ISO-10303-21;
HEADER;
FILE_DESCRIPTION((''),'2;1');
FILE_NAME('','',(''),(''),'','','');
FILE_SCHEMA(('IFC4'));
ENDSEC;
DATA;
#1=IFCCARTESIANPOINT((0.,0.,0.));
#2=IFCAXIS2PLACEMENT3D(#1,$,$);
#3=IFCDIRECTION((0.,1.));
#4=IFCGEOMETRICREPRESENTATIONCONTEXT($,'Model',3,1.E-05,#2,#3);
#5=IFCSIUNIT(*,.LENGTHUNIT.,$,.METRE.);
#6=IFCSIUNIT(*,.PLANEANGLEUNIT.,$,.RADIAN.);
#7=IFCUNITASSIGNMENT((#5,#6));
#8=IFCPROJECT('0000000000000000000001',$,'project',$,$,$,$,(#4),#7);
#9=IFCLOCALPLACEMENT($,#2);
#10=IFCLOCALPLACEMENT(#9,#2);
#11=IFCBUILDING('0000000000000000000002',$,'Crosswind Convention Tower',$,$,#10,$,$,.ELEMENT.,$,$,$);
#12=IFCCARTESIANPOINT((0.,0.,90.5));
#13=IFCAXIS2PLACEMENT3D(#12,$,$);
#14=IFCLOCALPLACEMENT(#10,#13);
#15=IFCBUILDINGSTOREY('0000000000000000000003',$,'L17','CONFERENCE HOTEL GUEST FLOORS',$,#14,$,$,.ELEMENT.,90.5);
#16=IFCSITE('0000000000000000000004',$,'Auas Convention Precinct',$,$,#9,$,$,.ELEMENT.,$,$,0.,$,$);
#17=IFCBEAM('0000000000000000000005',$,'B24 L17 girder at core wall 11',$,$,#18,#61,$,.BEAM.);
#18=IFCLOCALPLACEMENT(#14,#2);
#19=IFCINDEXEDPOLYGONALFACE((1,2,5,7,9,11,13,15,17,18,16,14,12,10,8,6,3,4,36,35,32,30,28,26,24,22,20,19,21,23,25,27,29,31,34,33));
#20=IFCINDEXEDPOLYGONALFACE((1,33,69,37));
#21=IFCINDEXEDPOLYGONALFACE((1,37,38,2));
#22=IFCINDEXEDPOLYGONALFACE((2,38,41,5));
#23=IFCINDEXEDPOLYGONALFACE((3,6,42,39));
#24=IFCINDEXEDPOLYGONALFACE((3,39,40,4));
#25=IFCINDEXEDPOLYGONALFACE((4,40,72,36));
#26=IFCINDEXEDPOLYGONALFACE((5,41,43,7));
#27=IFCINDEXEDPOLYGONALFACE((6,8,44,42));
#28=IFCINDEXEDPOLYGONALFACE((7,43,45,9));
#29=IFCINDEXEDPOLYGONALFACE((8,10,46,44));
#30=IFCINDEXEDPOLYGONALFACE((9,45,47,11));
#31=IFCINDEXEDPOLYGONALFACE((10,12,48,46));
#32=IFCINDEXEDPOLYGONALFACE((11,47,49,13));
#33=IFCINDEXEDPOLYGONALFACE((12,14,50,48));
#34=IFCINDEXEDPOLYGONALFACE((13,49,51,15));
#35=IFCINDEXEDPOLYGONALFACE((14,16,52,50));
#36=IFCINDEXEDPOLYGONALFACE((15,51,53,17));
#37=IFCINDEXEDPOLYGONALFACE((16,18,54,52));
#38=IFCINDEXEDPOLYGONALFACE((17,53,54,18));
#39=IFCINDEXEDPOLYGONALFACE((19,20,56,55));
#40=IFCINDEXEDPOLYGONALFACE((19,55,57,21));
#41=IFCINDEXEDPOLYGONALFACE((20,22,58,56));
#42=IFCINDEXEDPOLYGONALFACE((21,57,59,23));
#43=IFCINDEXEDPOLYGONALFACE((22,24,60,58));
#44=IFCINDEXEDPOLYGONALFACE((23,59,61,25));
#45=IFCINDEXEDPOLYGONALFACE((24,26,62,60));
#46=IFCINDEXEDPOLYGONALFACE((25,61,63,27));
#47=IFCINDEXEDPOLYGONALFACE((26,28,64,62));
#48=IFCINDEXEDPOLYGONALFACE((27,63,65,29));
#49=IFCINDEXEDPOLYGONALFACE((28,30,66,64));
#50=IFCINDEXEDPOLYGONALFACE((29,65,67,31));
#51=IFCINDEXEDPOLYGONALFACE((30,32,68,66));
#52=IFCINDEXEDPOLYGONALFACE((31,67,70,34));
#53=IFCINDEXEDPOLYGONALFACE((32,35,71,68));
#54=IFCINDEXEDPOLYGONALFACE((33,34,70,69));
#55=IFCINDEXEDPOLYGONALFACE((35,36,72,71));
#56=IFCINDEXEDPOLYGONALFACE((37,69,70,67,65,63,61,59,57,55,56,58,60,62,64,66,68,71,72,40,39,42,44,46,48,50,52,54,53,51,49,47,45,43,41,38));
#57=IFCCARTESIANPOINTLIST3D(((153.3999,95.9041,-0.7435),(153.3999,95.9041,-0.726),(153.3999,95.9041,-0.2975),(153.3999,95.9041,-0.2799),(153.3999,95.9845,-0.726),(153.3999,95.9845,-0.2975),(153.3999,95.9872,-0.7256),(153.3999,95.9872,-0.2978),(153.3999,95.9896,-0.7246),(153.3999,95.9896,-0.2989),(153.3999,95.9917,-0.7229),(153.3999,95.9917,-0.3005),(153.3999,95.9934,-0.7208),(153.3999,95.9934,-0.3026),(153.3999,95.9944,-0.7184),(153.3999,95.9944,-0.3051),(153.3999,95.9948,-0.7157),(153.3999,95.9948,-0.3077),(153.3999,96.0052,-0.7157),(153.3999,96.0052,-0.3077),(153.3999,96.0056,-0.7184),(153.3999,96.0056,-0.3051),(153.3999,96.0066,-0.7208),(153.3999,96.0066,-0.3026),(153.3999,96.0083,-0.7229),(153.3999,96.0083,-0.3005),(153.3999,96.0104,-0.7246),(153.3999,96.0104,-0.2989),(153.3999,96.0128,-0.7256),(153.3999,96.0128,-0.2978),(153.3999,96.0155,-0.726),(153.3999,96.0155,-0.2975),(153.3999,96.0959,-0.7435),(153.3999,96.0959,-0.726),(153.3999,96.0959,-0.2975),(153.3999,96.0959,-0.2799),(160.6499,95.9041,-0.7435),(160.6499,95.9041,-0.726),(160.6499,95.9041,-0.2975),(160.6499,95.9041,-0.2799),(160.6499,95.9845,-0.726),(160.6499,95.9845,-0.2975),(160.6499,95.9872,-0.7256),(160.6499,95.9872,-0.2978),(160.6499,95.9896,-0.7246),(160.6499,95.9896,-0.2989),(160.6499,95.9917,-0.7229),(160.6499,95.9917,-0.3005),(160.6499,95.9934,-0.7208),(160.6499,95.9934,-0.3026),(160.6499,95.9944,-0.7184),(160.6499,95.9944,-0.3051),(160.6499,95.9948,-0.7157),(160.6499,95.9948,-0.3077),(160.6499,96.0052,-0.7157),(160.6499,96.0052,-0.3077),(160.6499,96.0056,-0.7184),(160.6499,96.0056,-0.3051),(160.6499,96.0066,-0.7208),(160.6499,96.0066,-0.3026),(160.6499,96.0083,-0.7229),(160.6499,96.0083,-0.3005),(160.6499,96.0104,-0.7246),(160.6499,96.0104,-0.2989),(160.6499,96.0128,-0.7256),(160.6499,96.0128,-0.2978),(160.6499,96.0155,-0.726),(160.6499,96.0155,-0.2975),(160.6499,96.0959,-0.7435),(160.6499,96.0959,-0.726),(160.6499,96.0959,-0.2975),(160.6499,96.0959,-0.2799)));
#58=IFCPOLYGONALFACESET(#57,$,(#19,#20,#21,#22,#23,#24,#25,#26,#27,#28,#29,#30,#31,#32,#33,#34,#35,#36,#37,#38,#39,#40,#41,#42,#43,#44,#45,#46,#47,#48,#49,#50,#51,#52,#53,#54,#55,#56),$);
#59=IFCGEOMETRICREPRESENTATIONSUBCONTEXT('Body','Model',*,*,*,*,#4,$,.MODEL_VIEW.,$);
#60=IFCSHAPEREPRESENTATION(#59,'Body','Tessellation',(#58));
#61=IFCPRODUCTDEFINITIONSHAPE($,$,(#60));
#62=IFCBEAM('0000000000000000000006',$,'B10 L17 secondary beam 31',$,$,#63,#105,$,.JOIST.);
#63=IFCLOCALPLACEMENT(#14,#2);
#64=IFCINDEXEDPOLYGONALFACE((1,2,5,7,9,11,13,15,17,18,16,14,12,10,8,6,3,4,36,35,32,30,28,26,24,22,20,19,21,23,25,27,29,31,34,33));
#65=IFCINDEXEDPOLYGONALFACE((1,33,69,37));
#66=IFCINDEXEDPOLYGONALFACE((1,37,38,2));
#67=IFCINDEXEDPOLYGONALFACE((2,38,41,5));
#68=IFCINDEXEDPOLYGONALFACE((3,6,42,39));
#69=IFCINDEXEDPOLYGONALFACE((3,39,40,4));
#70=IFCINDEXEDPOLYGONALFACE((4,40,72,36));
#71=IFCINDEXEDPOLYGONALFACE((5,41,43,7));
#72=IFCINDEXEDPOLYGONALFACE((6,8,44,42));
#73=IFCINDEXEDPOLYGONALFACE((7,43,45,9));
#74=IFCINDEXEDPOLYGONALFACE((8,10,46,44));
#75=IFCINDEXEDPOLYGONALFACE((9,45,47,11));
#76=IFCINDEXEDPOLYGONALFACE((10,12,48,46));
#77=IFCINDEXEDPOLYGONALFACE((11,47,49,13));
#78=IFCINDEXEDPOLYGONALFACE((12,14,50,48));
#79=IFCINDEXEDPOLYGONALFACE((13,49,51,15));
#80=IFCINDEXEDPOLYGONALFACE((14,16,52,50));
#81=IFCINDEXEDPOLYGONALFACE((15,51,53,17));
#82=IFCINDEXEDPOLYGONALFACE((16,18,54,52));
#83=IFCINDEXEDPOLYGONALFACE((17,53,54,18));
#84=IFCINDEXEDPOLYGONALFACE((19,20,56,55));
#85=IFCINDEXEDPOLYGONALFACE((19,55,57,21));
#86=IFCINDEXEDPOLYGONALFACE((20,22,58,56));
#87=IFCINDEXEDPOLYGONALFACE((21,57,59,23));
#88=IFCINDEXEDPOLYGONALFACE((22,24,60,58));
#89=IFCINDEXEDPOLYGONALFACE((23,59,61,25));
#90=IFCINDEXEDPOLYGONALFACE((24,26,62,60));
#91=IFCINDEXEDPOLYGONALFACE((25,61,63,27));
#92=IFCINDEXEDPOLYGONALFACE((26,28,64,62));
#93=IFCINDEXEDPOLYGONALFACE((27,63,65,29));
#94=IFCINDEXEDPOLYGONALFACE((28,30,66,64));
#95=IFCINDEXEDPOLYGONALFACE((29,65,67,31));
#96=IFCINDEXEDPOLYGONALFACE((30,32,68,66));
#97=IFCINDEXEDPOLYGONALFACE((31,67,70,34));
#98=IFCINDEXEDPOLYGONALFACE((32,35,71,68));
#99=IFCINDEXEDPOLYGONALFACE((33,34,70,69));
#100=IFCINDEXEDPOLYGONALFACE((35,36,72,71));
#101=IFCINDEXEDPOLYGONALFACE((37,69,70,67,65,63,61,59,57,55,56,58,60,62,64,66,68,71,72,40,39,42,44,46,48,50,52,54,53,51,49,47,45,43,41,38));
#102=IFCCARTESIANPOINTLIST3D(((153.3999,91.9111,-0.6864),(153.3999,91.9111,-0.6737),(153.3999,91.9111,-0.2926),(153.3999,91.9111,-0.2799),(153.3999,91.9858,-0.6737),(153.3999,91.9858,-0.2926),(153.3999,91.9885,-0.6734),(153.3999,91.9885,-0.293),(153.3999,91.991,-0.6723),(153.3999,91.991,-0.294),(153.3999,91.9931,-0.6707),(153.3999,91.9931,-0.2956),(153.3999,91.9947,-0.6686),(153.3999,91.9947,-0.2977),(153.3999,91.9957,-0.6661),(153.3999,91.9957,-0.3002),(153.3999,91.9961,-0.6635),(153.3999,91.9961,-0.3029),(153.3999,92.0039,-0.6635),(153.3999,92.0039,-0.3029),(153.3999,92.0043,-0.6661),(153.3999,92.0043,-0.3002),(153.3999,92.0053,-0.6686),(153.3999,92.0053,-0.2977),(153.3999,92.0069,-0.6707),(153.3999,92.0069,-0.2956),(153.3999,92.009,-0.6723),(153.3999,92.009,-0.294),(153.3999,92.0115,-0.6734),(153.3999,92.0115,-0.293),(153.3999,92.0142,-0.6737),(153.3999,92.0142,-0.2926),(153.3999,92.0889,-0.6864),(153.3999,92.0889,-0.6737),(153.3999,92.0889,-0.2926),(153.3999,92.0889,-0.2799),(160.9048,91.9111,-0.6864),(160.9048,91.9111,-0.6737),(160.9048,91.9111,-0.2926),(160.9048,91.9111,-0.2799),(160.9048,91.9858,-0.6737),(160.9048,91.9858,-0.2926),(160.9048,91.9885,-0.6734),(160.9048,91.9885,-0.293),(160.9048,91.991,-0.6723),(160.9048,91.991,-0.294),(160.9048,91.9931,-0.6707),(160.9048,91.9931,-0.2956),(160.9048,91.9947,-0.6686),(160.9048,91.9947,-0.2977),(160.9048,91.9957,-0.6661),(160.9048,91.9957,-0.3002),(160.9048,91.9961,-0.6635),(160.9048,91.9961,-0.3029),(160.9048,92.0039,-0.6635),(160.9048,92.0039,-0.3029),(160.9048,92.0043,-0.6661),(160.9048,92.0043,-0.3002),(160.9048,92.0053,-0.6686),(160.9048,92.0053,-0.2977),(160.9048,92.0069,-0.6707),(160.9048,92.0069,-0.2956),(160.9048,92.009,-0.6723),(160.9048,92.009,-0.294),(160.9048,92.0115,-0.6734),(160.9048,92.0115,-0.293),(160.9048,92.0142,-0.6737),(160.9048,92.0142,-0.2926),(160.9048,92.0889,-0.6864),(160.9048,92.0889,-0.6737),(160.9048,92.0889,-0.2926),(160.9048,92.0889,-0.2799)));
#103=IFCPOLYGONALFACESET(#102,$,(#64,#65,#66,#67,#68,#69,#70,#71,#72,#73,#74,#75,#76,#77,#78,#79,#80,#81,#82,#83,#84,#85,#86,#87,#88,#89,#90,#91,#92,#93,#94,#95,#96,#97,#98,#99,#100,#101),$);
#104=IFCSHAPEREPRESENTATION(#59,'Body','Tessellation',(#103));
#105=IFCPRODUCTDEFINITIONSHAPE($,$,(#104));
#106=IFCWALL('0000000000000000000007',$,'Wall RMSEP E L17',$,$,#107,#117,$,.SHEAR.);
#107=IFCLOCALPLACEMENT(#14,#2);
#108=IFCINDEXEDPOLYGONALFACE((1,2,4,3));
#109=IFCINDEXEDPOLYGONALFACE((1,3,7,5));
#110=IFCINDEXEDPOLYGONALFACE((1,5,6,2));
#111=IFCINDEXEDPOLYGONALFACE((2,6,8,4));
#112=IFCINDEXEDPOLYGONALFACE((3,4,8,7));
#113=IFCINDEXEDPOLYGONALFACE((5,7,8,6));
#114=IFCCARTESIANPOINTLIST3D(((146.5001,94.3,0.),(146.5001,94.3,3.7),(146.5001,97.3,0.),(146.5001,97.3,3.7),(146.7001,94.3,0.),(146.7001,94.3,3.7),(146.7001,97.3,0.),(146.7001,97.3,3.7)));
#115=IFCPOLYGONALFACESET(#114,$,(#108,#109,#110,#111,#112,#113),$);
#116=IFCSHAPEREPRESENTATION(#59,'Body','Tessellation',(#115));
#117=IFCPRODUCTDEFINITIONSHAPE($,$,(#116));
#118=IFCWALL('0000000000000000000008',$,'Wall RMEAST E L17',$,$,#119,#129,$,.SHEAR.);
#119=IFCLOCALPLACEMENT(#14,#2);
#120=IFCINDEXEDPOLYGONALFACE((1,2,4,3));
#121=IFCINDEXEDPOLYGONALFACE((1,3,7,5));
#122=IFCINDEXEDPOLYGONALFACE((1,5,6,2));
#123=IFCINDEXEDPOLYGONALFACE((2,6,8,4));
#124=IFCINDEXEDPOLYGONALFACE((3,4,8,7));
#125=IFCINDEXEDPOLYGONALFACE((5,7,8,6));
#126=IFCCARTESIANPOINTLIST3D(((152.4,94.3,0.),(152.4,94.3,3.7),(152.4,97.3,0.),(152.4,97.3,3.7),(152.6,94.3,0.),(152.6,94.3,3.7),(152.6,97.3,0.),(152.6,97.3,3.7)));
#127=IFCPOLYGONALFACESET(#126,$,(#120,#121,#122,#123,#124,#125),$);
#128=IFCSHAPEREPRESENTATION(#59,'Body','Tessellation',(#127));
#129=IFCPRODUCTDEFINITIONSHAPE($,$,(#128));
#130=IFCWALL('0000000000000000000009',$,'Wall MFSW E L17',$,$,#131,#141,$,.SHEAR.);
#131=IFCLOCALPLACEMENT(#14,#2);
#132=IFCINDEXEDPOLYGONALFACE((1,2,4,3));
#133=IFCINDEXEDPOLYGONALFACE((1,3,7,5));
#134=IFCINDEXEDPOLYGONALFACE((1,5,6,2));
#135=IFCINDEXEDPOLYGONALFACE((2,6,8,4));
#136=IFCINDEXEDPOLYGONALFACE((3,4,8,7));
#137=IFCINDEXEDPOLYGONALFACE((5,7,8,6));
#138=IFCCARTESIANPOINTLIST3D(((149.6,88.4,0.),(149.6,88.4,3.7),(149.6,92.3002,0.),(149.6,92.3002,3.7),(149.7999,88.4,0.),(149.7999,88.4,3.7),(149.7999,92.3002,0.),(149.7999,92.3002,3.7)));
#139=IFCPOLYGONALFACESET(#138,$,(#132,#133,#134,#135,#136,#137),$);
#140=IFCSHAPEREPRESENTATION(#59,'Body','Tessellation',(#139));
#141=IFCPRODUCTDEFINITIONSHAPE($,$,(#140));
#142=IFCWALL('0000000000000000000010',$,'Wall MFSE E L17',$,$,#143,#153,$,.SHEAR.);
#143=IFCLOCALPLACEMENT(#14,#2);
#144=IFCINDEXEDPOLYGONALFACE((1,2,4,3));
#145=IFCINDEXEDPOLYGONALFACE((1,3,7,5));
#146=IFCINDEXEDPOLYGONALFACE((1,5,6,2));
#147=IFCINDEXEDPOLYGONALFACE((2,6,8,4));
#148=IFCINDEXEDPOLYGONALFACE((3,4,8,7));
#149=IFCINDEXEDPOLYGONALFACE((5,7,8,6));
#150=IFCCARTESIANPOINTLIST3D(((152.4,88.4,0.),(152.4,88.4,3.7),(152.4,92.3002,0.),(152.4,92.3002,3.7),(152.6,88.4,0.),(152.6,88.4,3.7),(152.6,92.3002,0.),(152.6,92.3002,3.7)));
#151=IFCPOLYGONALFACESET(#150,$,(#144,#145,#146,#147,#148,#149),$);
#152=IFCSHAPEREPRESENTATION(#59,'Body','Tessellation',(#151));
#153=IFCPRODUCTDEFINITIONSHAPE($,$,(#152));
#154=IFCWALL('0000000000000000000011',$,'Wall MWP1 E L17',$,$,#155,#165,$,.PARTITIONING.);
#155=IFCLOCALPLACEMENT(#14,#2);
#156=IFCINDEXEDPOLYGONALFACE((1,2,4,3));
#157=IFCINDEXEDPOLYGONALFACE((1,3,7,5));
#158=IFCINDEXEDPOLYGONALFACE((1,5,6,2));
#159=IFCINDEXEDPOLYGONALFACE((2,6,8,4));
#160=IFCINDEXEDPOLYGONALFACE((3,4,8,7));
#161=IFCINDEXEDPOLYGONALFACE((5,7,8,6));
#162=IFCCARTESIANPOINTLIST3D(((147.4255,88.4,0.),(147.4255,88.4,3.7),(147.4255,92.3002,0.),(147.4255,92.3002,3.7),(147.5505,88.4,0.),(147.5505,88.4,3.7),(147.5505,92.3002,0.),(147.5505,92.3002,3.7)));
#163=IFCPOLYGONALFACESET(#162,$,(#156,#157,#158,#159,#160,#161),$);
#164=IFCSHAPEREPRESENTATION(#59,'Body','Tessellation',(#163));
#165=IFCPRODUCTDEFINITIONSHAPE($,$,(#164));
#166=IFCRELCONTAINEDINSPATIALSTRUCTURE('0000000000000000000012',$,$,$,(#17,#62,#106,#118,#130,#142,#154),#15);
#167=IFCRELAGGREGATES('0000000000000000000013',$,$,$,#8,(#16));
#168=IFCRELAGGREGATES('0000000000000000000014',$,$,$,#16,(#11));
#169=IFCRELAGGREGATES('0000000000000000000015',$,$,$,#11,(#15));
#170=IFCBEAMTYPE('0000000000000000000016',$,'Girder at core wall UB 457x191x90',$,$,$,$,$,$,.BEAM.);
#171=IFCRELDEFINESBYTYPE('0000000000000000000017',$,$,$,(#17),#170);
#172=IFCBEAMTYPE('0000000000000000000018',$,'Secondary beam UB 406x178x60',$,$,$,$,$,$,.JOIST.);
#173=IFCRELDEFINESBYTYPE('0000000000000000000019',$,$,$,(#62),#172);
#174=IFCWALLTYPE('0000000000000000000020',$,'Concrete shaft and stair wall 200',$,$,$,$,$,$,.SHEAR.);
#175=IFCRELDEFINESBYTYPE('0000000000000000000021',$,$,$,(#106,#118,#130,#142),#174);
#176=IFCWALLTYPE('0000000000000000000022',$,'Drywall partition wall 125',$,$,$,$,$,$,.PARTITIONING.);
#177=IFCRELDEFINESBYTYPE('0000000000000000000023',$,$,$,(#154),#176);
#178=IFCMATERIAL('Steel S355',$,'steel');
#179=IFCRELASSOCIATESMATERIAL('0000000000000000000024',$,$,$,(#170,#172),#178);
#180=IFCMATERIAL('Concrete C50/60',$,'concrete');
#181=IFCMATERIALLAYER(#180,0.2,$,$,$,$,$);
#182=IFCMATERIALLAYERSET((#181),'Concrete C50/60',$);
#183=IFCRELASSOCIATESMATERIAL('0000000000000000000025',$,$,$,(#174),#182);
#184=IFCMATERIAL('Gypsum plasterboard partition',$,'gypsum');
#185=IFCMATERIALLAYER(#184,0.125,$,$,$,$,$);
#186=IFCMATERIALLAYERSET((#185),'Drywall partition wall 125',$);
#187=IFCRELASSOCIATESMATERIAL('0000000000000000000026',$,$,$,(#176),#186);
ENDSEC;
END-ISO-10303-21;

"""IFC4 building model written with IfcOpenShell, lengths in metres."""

from ifc_helpers import new_model, si_unit, direction, frame, frame_2d, origin, origin_2d, place, context, subcontext, project, spatial, rectangle, i_section, extrude, material, layer, layer_set, material_profile, profile_set, type_object, element, save


model = new_model("IFC4")

# Units and contexts
model_context = context("Model", 3, precision=1e-05, world=origin(), true_north=direction((0.0, 1.0)))
body_context = subcontext(model_context, "Body", "Model", "MODEL_VIEW")
ifc_project = project(units=[si_unit("LENGTHUNIT", "METRE"), si_unit("PLANEANGLEUNIT", "RADIAN")], contexts=[model_context])

# Site, building, storey
site_placement = place(None, origin())
site = spatial("IfcSite", under=ifc_project, at=site_placement, Name="Auas Convention Precinct", CompositionType="ELEMENT", RefElevation=0.0)
building_placement = place(site_placement, origin())
building = spatial("IfcBuilding", under=site, at=building_placement, Name="Crosswind Convention Tower", CompositionType="ELEMENT")
storey_placement = place(building_placement, frame((0.0, 0.0, 90.5)))
storey = spatial("IfcBuildingStorey", under=building, at=storey_placement, Name="L17", Description="CONFERENCE HOTEL GUEST FLOORS", CompositionType="ELEMENT", Elevation=90.5)

# Beams
ifc_material_1 = material(Name="Steel S355", Category="steel")
ifc_material_profile_1 = material_profile(ifc_material_1, i_section(OverallWidth=0.1919, OverallDepth=0.4636, WebThickness=0.0105, FlangeThickness=0.0176, FilletRadius=0.0103, at=origin_2d()), Name="UB 457x191x90")
ifc_profile_set_1 = profile_set([ifc_material_profile_1], Name="Steel S355")
beam_type_1 = type_object("IfcBeamType", Name="Girder at core wall UB 457x191x90", PredefinedType="BEAM", material=ifc_profile_set_1)
beam_1_placement = place(storey_placement, frame((153.3999, 96.0, -0.5117), z_axis=(1.0, 0.0, 0.0), x_axis=(0.0, 1.0, 0.0)))
element("IfcBeam", 1, at=beam_1_placement, inside=storey, type_object=beam_type_1, Name="B24 L17 girder at core wall 11", PredefinedType="BEAM", context=body_context, shape_type="SweptSolid", body=[
    extrude(i_section(OverallWidth=0.1919, OverallDepth=0.4636, WebThickness=0.0105, FlangeThickness=0.0176, FilletRadius=0.0103, at=origin_2d()), origin(), (0.0, 0.0, 1.0), 7.25),
])
ifc_material_profile_2 = material_profile(ifc_material_1, i_section(OverallWidth=0.1777, OverallDepth=0.4065, WebThickness=0.0078, FlangeThickness=0.0127, FilletRadius=0.0103, at=origin_2d()), Name="UB 406x178x60")
ifc_profile_set_2 = profile_set([ifc_material_profile_2], Name="Steel S355")
beam_type_2 = type_object("IfcBeamType", Name="Secondary beam UB 406x178x60", PredefinedType="JOIST", material=ifc_profile_set_2)
beam_2_placement = place(storey_placement, frame((153.3999, 92.0, -0.4832), z_axis=(1.0, 0.0, 0.0), x_axis=(0.0, 1.0, 0.0)))
element("IfcBeam", 2, at=beam_2_placement, inside=storey, type_object=beam_type_2, Name="B10 L17 secondary beam 31", PredefinedType="JOIST", context=body_context, shape_type="SweptSolid", body=[
    extrude(i_section(OverallWidth=0.1777, OverallDepth=0.4065, WebThickness=0.0078, FlangeThickness=0.0127, FilletRadius=0.0103, at=origin_2d()), origin(), (0.0, 0.0, 1.0), 7.5049),
])

# Walls
ifc_material_2 = material(Name="Concrete C50/60", Category="concrete")
ifc_layer_1 = layer(ifc_material_2, 0.2)
ifc_layer_set_1 = layer_set([ifc_layer_1], Name="Concrete C50/60")
wall_type_1 = type_object("IfcWallType", Name="Concrete shaft and stair wall 200", PredefinedType="SHEAR", material=ifc_layer_set_1)
for number, where, z_axis, x_axis, name in (
    (3, (146.6001, 94.3, 0.0), (0.0, 0.0, 1.0), (0.0, 1.0, 0.0), "Wall RMSEP E L17"),
    (4, (152.5, 94.3, 0.0), (0.0, 0.0, 1.0), (0.0, 1.0, 0.0), "Wall RMEAST E L17"),
):
    element("IfcWall", number, at=place(storey_placement, frame(where, z_axis=z_axis, x_axis=x_axis)), inside=storey, type_object=wall_type_1, Name=name, PredefinedType="SHEAR", context=body_context, shape_type="SweptSolid", body=[
        extrude(rectangle(XDim=3.0, YDim=0.2, at=frame_2d((1.5, 0.0))), origin(), (0.0, 0.0, 1.0), 3.7),
    ])
for number, where, z_axis, x_axis, name in (
    (5, (149.7, 88.3999, 0.0), (0.0, 0.0, 1.0), (0.0, 1.0, 0.0), "Wall MFSW E L17"),
    (6, (152.5, 88.3999, 0.0), (0.0, 0.0, 1.0), (0.0, 1.0, 0.0), "Wall MFSE E L17"),
):
    element("IfcWall", number, at=place(storey_placement, frame(where, z_axis=z_axis, x_axis=x_axis)), inside=storey, type_object=wall_type_1, Name=name, PredefinedType="SHEAR", context=body_context, shape_type="SweptSolid", body=[
        extrude(rectangle(XDim=3.9001, YDim=0.2, at=frame_2d((1.9502, 0.0))), origin(), (0.0, 0.0, 1.0), 3.7),
    ])
ifc_material_3 = material(Name="Gypsum plasterboard partition", Category="gypsum")
ifc_layer_2 = layer(ifc_material_3, 0.125)
ifc_layer_set_2 = layer_set([ifc_layer_2], Name="Drywall partition wall 125")
wall_type_2 = type_object("IfcWallType", Name="Drywall partition wall 125", PredefinedType="PARTITIONING", material=ifc_layer_set_2)
wall_1_placement = place(storey_placement, frame((147.488, 88.3999, 0.0), z_axis=(0.0, 0.0, 1.0), x_axis=(0.0, 1.0, 0.0)))
element("IfcWall", 7, at=wall_1_placement, inside=storey, type_object=wall_type_2, Name="Wall MWP1 E L17", PredefinedType="PARTITIONING", context=body_context, shape_type="SweptSolid", body=[
    extrude(rectangle(XDim=3.9001, YDim=0.125, at=frame_2d((1.9502, 0.0))), origin(), (0.0, 0.0, 1.0), 3.7),
])

save(model, "model.ifc")
